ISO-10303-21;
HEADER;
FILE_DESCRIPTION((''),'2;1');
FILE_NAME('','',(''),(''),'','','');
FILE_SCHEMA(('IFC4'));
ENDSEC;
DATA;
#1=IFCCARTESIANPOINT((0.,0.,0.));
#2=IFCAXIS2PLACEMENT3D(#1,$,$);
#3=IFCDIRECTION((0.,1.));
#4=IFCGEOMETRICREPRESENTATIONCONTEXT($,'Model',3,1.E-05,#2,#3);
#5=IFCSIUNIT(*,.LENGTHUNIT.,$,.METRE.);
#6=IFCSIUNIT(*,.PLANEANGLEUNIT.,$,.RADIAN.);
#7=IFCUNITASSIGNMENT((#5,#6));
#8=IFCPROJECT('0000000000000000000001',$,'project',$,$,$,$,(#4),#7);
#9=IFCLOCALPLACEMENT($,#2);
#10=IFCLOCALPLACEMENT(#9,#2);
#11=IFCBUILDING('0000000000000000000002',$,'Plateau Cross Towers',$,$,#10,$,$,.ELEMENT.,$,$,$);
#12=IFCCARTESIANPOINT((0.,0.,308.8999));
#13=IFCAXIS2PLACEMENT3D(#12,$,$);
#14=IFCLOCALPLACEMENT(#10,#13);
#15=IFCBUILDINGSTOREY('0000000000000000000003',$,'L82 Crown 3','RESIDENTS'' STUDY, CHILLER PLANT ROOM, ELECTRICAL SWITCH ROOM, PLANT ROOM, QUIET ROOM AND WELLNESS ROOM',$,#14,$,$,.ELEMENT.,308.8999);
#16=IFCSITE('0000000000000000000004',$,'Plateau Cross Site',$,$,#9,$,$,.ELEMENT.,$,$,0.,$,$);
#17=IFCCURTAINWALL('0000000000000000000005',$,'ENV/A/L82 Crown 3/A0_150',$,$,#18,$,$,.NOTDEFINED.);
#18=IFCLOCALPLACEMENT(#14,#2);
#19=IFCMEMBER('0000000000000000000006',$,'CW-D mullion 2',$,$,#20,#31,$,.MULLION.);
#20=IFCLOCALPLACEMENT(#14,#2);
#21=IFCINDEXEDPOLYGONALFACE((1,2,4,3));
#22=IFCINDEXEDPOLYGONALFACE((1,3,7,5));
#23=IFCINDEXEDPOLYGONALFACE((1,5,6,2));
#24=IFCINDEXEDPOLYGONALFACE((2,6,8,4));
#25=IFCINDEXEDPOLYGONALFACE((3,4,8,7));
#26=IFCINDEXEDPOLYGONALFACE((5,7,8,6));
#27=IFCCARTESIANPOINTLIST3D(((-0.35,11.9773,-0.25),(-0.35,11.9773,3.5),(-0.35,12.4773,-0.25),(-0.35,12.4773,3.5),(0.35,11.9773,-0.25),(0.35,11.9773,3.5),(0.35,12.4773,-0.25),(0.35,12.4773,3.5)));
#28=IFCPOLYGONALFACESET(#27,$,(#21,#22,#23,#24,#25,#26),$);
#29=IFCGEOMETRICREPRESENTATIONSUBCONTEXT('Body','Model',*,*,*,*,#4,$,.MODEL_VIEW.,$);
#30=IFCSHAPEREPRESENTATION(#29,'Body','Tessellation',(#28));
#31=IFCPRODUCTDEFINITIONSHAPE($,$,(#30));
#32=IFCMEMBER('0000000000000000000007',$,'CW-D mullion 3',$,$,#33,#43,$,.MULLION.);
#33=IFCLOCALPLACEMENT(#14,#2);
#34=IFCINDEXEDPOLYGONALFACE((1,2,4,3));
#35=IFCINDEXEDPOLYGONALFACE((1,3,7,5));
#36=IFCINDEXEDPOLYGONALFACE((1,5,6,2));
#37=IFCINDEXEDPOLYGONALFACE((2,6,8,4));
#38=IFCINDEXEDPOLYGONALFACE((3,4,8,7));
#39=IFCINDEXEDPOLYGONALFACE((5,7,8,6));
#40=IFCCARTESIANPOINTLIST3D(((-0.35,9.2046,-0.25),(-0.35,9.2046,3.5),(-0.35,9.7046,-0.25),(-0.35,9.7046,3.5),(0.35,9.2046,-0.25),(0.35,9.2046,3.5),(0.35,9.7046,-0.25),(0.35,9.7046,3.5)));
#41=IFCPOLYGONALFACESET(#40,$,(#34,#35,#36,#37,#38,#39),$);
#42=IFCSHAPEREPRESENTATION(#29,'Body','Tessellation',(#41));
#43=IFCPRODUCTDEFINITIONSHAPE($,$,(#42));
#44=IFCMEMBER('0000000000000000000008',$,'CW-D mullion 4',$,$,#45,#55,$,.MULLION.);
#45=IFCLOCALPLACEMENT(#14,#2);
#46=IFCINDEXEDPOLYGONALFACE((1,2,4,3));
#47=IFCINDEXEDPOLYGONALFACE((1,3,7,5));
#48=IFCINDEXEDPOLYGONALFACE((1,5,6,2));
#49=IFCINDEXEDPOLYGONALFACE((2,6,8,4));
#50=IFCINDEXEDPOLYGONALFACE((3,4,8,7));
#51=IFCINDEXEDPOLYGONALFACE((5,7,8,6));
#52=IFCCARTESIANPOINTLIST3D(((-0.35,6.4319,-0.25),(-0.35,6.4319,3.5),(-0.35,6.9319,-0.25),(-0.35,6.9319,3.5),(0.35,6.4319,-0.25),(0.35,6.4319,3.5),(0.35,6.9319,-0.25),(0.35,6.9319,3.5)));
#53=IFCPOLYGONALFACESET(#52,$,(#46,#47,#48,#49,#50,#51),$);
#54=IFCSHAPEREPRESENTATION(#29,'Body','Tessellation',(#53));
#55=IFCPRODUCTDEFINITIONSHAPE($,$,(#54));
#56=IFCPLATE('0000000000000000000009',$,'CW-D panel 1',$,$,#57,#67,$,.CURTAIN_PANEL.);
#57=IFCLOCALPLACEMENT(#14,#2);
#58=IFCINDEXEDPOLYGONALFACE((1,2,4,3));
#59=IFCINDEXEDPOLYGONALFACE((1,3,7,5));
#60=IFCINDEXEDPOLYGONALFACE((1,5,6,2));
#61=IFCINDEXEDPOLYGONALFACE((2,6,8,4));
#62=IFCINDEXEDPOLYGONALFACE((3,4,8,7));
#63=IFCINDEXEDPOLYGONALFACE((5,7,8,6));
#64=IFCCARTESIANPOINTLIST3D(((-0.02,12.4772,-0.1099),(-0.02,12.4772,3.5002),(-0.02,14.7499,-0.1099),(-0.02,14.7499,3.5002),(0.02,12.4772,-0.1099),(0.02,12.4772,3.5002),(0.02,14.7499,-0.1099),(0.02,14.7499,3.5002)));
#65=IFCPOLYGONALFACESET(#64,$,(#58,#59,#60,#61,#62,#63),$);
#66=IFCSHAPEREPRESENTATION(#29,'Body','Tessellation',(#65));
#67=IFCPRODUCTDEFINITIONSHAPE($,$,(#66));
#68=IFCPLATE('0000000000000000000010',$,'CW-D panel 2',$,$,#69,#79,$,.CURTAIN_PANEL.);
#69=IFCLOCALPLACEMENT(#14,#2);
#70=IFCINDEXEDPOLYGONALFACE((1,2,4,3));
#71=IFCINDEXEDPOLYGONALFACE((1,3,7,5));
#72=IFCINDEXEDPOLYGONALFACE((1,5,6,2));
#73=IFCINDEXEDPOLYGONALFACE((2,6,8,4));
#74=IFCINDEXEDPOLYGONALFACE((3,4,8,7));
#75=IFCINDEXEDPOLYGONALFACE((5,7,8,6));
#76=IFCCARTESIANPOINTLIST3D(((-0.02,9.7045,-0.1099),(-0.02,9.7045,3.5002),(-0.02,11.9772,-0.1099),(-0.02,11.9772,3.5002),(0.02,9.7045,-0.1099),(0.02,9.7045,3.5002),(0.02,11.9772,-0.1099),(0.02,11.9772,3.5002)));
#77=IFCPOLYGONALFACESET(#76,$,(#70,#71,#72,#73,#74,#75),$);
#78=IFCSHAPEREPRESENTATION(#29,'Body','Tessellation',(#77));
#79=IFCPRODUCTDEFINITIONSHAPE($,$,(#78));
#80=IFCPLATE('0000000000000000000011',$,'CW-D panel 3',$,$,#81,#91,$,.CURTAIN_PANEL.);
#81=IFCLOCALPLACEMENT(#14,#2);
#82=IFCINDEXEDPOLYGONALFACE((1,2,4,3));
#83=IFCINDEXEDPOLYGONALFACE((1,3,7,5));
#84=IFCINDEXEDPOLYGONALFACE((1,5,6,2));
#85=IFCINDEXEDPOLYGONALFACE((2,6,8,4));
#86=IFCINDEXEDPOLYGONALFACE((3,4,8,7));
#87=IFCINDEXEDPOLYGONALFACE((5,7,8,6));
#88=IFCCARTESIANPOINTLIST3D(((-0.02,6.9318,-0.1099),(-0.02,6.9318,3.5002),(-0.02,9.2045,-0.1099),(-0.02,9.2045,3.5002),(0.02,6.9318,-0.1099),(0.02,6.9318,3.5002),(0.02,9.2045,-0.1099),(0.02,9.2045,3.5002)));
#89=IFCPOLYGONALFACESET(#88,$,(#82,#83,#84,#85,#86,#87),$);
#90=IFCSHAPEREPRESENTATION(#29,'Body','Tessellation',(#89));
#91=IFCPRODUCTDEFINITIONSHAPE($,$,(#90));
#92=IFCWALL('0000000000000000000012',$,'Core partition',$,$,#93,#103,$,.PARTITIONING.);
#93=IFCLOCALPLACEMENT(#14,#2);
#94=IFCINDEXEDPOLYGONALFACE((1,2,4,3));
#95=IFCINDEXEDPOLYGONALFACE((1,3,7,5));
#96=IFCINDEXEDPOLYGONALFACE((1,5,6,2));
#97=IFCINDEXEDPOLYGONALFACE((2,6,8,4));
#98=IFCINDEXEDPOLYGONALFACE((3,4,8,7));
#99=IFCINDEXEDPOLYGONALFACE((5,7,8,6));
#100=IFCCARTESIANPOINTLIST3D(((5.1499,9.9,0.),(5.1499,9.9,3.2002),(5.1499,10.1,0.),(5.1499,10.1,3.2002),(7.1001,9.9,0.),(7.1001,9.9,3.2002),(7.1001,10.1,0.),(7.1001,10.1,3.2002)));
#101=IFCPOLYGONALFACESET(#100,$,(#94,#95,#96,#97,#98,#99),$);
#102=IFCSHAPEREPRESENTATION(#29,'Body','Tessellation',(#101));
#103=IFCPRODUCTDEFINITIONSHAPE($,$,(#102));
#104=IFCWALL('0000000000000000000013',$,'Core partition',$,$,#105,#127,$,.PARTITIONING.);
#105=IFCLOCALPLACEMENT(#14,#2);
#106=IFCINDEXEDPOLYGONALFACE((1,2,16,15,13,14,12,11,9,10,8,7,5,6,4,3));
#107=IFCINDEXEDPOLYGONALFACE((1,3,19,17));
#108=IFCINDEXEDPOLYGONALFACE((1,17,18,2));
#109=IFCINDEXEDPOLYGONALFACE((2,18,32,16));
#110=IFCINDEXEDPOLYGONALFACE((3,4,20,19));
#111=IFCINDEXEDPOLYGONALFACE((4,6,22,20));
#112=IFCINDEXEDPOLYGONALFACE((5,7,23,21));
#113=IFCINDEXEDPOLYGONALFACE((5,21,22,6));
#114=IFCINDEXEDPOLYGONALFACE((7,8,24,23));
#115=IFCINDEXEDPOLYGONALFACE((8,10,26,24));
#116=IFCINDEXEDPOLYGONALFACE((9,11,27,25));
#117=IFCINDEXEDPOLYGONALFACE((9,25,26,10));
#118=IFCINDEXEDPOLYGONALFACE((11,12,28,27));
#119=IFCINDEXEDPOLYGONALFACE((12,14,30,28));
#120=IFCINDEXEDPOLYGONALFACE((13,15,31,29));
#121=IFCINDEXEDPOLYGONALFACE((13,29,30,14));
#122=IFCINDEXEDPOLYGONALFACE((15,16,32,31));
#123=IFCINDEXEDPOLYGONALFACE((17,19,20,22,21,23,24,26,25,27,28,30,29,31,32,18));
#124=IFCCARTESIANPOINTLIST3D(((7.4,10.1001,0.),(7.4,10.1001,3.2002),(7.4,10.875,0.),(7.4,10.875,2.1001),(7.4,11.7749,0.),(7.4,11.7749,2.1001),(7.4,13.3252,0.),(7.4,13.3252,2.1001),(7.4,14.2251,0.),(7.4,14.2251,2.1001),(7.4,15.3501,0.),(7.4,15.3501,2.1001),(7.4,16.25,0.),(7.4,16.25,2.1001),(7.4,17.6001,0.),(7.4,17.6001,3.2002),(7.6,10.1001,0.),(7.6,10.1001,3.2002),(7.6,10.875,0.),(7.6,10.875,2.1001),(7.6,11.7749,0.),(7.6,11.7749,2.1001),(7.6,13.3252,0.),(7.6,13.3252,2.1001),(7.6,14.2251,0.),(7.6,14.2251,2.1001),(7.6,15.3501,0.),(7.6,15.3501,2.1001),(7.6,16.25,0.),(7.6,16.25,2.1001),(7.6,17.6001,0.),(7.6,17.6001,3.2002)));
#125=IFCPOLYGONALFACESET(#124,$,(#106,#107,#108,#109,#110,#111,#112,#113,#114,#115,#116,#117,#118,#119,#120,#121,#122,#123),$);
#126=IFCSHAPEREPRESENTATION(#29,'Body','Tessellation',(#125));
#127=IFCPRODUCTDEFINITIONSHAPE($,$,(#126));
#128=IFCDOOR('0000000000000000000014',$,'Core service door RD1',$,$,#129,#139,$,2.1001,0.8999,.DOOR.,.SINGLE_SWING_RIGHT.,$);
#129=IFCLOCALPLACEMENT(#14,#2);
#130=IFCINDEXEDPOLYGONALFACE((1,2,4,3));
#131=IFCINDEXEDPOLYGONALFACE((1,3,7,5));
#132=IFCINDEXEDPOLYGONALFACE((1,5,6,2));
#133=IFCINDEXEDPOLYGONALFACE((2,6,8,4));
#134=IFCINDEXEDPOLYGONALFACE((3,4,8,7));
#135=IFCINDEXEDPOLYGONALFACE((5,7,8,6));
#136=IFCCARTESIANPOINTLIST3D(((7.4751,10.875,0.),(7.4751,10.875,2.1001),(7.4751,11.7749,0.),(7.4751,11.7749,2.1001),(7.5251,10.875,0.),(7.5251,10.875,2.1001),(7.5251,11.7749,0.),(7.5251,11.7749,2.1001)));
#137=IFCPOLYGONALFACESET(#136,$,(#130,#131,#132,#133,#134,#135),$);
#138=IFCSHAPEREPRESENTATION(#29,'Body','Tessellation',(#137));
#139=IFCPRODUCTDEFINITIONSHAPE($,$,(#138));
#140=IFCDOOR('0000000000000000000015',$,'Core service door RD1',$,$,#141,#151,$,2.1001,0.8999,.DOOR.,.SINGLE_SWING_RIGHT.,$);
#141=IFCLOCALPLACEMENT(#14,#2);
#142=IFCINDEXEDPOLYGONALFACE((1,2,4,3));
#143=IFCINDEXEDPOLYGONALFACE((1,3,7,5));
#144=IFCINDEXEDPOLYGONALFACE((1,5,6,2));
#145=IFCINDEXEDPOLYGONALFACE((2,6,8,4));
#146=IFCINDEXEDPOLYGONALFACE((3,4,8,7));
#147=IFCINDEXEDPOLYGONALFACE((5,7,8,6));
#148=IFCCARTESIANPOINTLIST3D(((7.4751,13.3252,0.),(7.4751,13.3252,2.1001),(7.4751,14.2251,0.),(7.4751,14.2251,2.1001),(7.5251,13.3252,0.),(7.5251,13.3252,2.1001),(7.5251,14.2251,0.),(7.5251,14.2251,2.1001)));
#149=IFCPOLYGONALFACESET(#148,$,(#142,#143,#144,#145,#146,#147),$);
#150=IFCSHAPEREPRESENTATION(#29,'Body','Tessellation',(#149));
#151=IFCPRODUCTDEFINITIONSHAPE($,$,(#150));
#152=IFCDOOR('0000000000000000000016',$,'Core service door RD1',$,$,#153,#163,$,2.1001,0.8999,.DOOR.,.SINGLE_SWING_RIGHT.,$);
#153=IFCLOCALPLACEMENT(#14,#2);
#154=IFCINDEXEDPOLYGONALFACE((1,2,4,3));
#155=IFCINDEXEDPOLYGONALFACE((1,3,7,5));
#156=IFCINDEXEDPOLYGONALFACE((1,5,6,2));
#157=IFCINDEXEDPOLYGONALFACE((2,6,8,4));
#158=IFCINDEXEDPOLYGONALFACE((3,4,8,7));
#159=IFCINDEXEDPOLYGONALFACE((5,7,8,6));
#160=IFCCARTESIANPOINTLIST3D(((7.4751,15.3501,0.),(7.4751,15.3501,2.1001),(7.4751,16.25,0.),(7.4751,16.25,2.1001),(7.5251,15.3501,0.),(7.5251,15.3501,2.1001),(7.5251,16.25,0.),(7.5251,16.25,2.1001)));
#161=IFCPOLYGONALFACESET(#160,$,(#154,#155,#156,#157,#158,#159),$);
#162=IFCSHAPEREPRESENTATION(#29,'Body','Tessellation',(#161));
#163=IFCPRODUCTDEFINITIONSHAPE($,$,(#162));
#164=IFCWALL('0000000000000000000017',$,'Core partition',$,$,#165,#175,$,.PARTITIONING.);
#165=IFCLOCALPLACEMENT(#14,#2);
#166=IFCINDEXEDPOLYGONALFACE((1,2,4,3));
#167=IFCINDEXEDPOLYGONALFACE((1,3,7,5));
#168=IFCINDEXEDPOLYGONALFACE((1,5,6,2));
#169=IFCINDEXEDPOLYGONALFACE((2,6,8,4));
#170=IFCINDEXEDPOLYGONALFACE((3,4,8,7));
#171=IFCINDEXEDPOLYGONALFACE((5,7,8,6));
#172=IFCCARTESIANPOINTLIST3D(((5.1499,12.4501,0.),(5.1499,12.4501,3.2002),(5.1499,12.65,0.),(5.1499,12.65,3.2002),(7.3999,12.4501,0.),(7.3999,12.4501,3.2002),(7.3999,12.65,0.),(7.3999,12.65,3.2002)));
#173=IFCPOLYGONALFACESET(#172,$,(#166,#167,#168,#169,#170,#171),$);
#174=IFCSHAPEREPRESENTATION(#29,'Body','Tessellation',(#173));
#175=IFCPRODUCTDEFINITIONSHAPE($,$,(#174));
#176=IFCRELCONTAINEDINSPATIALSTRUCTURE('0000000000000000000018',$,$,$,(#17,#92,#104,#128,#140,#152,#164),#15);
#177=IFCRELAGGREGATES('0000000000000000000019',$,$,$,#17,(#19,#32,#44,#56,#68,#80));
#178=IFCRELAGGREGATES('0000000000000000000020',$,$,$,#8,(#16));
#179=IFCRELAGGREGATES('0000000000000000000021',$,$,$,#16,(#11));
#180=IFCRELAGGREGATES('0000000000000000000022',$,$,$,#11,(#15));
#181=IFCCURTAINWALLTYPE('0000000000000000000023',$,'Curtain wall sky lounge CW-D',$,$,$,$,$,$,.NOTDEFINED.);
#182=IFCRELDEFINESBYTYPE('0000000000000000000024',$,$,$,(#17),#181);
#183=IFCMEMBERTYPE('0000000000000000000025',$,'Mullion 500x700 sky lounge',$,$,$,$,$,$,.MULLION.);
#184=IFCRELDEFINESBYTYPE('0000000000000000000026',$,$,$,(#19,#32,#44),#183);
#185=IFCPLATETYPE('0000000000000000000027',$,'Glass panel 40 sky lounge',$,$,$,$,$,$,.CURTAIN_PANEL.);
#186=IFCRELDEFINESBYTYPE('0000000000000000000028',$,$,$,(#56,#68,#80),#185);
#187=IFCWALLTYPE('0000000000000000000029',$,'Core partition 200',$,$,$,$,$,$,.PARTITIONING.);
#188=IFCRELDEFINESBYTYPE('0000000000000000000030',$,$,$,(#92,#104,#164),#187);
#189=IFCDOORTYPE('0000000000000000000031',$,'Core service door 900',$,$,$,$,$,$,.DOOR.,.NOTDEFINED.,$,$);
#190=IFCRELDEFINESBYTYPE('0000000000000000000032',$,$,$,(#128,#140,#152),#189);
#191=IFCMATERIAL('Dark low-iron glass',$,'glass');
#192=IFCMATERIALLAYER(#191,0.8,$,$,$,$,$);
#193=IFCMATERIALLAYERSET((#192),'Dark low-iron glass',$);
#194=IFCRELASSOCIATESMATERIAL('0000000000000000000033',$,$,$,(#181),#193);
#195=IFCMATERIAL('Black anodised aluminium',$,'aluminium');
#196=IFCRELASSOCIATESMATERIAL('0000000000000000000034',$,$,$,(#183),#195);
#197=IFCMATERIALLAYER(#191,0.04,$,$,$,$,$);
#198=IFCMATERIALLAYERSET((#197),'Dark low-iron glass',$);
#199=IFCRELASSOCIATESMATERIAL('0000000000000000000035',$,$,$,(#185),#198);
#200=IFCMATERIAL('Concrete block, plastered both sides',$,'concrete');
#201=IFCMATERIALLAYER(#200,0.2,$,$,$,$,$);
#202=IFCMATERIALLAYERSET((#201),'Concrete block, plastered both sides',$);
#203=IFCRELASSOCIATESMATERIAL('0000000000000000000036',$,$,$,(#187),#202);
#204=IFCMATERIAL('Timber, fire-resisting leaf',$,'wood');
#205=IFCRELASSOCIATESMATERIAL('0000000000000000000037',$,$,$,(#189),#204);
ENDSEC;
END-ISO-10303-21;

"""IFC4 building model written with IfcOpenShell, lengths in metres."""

from ifc_helpers import new_model, si_unit, direction, frame, frame_2d, origin, origin_2d, place, context, subcontext, project, spatial, rectangle, extrude, material, layer, layer_set, material_profile, profile_set, type_object, element, fill, aggregate, save


model = new_model("IFC4")

# Units and contexts
model_context = context("Model", 3, precision=1e-05, world=origin(), true_north=direction((0.0, 1.0)))
body_context = subcontext(model_context, "Body", "Model", "MODEL_VIEW")
ifc_project = project(units=[si_unit("LENGTHUNIT", "METRE"), si_unit("PLANEANGLEUNIT", "RADIAN")], contexts=[model_context])

# Site, building, storey
site_placement = place(None, origin())
site = spatial("IfcSite", under=ifc_project, at=site_placement, Name="Plateau Cross Site", CompositionType="ELEMENT", RefElevation=0.0)
building_placement = place(site_placement, origin())
building = spatial("IfcBuilding", under=site, at=building_placement, Name="Plateau Cross Towers", CompositionType="ELEMENT")
storey_placement = place(building_placement, frame((0.0, 0.0, 308.8999)))
storey = spatial("IfcBuildingStorey", under=building, at=storey_placement, Name="L82 Crown 3", Description="RESIDENTS' STUDY, CHILLER PLANT ROOM, ELECTRICAL SWITCH ROOM, PLANT ROOM, QUIET ROOM AND WELLNESS ROOM", CompositionType="ELEMENT", Elevation=308.8999)

# Curtain wall, members, plates
ifc_material_1 = material(Name="Dark low-iron glass", Category="glass")
ifc_layer_1 = layer(ifc_material_1, 0.8)
ifc_layer_set_1 = layer_set([ifc_layer_1], Name="Dark low-iron glass")
curtain_wall_type = type_object("IfcCurtainWallType", Name="Curtain wall sky lounge CW-D", PredefinedType="NOTDEFINED", material=ifc_layer_set_1)
curtain_wall_placement = place(storey_placement, origin())
curtain_wall = element("IfcCurtainWall", 1, at=curtain_wall_placement, inside=storey, type_object=curtain_wall_type, Name="ENV/A/L82 Crown 3/A0_150", PredefinedType="NOTDEFINED")
ifc_material_2 = material(Name="Black anodised aluminium", Category="aluminium")
ifc_material_profile = material_profile(ifc_material_2, rectangle(XDim=0.5, YDim=0.7, at=origin_2d()), Name="MULLION 500x700")
ifc_profile_set = profile_set([ifc_material_profile], Name="Black anodised aluminium")
member_type = type_object("IfcMemberType", Name="Mullion 500x700 sky lounge", PredefinedType="MULLION", material=ifc_profile_set)
member_1_placement = place(storey_placement, frame((0.0, 12.2273, -0.25), z_axis=(0.0, 0.0, 1.0), x_axis=(0.0, -1.0, 0.0)))
member_1 = element("IfcMember", 2, at=member_1_placement, type_object=member_type, Name="CW-D mullion 2", PredefinedType="MULLION", context=body_context, shape_type="SweptSolid", body=[
    extrude(rectangle(XDim=0.5, YDim=0.7, at=origin_2d()), origin(), (0.0, 0.0, 1.0), 3.75),
])
member_2_placement = place(storey_placement, frame((0.0, 9.4546, -0.25), z_axis=(0.0, 0.0, 1.0), x_axis=(0.0, -1.0, 0.0)))
member_2 = element("IfcMember", 3, at=member_2_placement, type_object=member_type, Name="CW-D mullion 3", PredefinedType="MULLION", context=body_context, shape_type="SweptSolid", body=[
    extrude(rectangle(XDim=0.5, YDim=0.7, at=origin_2d()), origin(), (0.0, 0.0, 1.0), 3.75),
])
member_3_placement = place(storey_placement, frame((0.0, 6.6819, -0.25), z_axis=(0.0, 0.0, 1.0), x_axis=(0.0, -1.0, 0.0)))
member_3 = element("IfcMember", 4, at=member_3_placement, type_object=member_type, Name="CW-D mullion 4", PredefinedType="MULLION", context=body_context, shape_type="SweptSolid", body=[
    extrude(rectangle(XDim=0.5, YDim=0.7, at=origin_2d()), origin(), (0.0, 0.0, 1.0), 3.75),
])
ifc_layer_2 = layer(ifc_material_1, 0.04)
ifc_layer_set_2 = layer_set([ifc_layer_2], Name="Dark low-iron glass")
plate_type = type_object("IfcPlateType", Name="Glass panel 40 sky lounge", PredefinedType="CURTAIN_PANEL", material=ifc_layer_set_2)
plate_1_placement = place(storey_placement, frame((0.0, 13.6135, -0.1099), z_axis=(0.0, 0.0, 1.0), x_axis=(0.0, -1.0, 0.0)))
plate_1 = element("IfcPlate", 5, at=plate_1_placement, type_object=plate_type, Name="CW-D panel 1", PredefinedType="CURTAIN_PANEL", context=body_context, shape_type="SweptSolid", body=[
    extrude(rectangle(XDim=2.2727, YDim=0.04, at=origin_2d()), origin(), (0.0, 0.0, 1.0), 3.6101),
])
plate_2_placement = place(storey_placement, frame((0.0, 10.8408, -0.1099), z_axis=(0.0, 0.0, 1.0), x_axis=(0.0, -1.0, 0.0)))
plate_2 = element("IfcPlate", 6, at=plate_2_placement, type_object=plate_type, Name="CW-D panel 2", PredefinedType="CURTAIN_PANEL", context=body_context, shape_type="SweptSolid", body=[
    extrude(rectangle(XDim=2.2727, YDim=0.04, at=origin_2d()), origin(), (0.0, 0.0, 1.0), 3.6101),
])
plate_3_placement = place(storey_placement, frame((0.0, 8.0681, -0.1099), z_axis=(0.0, 0.0, 1.0), x_axis=(0.0, -1.0, 0.0)))
plate_3 = element("IfcPlate", 7, at=plate_3_placement, type_object=plate_type, Name="CW-D panel 3", PredefinedType="CURTAIN_PANEL", context=body_context, shape_type="SweptSolid", body=[
    extrude(rectangle(XDim=2.2727, YDim=0.04, at=origin_2d()), origin(), (0.0, 0.0, 1.0), 3.6101),
])
aggregate(curtain_wall, [member_1, member_2, member_3, plate_1, plate_2, plate_3])

# Wall
ifc_material_3 = material(Name="Concrete block, plastered both sides", Category="concrete")
ifc_layer_3 = layer(ifc_material_3, 0.2)
ifc_layer_set_3 = layer_set([ifc_layer_3], Name="Concrete block, plastered both sides")
wall_type_1 = type_object("IfcWallType", Name="Core partition 200", PredefinedType="PARTITIONING", material=ifc_layer_set_3)
wall_1_placement = place(storey_placement, frame((5.1499, 10.0, 0.0), z_axis=(0.0, 0.0, 1.0), x_axis=(1.0, 0.0, 0.0)))
element("IfcWall", 8, at=wall_1_placement, inside=storey, type_object=wall_type_1, Name="Core partition", PredefinedType="PARTITIONING", context=body_context, shape_type="SweptSolid", body=[
    extrude(rectangle(XDim=1.9502, YDim=0.2, at=frame_2d((0.9751, 0.0))), origin(), (0.0, 0.0, 1.0), 3.2002),
])

# Wall, openings, doors
wall_2_placement = place(storey_placement, frame((7.5, 10.1001, 0.0), z_axis=(0.0, 0.0, 1.0), x_axis=(0.0, 1.0, 0.0)))
wall_2 = element("IfcWall", 9, at=wall_2_placement, inside=storey, type_object=wall_type_1, Name="Core partition", PredefinedType="PARTITIONING", context=body_context, shape_type="SweptSolid", body=[
    extrude(rectangle(XDim=7.5, YDim=0.2, at=frame_2d((3.75, 0.0))), origin(), (0.0, 0.0, 1.0), 3.2002),
])
opening_1_placement = place(wall_2_placement, frame((0.7749, 0.0, 0.0)))
opening_1 = element("IfcOpeningElement", 10, at=opening_1_placement, cuts=wall_2, PredefinedType="OPENING", context=body_context, shape_type="SweptSolid", body=[
    extrude(rectangle(XDim=0.8999, YDim=2.1001, at=frame_2d((0.45, 1.05))), frame((0.0, 0.1099, 0.0), z_axis=(0.0, -1.0, 0.0), x_axis=(1.0, 0.0, 0.0)), (0.0, 0.0, 1.0), 0.22),
])
opening_2_placement = place(wall_2_placement, frame((3.2251, 0.0, 0.0)))
opening_2 = element("IfcOpeningElement", 11, at=opening_2_placement, cuts=wall_2, PredefinedType="OPENING", context=body_context, shape_type="SweptSolid", body=[
    extrude(rectangle(XDim=0.8999, YDim=2.1001, at=frame_2d((0.45, 1.05))), frame((0.0, 0.1099, 0.0), z_axis=(0.0, -1.0, 0.0), x_axis=(1.0, 0.0, 0.0)), (0.0, 0.0, 1.0), 0.22),
])
opening_3_placement = place(wall_2_placement, frame((5.25, 0.0, 0.0)))
opening_3 = element("IfcOpeningElement", 12, at=opening_3_placement, cuts=wall_2, PredefinedType="OPENING", context=body_context, shape_type="SweptSolid", body=[
    extrude(rectangle(XDim=0.8999, YDim=2.1001, at=frame_2d((0.45, 1.05))), frame((0.0, 0.1099, 0.0), z_axis=(0.0, -1.0, 0.0), x_axis=(1.0, 0.0, 0.0)), (0.0, 0.0, 1.0), 0.22),
])
ifc_material_4 = material(Name="Timber, fire-resisting leaf", Category="wood")
door_type_1 = type_object("IfcDoorType", Name="Core service door 900", OperationType="NOTDEFINED", PredefinedType="DOOR", material=ifc_material_4)
door_1_placement = place(opening_1_placement, origin())
door_1 = element("IfcDoor", 13, at=door_1_placement, inside=storey, type_object=door_type_1, Name="Core service door RD1", OperationType="SINGLE_SWING_RIGHT", OverallHeight=2.1001, OverallWidth=0.8999, PredefinedType="DOOR", context=body_context, shape_type="SweptSolid", body=[
    extrude(rectangle(XDim=0.8999, YDim=2.1001, at=frame_2d((0.45, 1.05))), frame((0.0, 0.0249, 0.0), z_axis=(0.0, -1.0, 0.0), x_axis=(1.0, 0.0, 0.0)), (0.0, 0.0, 1.0), 0.05),
])
fill(opening_1, door_1)
door_2_placement = place(opening_2_placement, origin())
door_2 = element("IfcDoor", 14, at=door_2_placement, inside=storey, type_object=door_type_1, Name="Core service door RD1", OperationType="SINGLE_SWING_RIGHT", OverallHeight=2.1001, OverallWidth=0.8999, PredefinedType="DOOR", context=body_context, shape_type="SweptSolid", body=[
    extrude(rectangle(XDim=0.8999, YDim=2.1001, at=frame_2d((0.45, 1.05))), frame((0.0, 0.0249, 0.0), z_axis=(0.0, -1.0, 0.0), x_axis=(1.0, 0.0, 0.0)), (0.0, 0.0, 1.0), 0.05),
])
fill(opening_2, door_2)
door_3_placement = place(opening_3_placement, origin())
door_3 = element("IfcDoor", 15, at=door_3_placement, inside=storey, type_object=door_type_1, Name="Core service door RD1", OperationType="SINGLE_SWING_RIGHT", OverallHeight=2.1001, OverallWidth=0.8999, PredefinedType="DOOR", context=body_context, shape_type="SweptSolid", body=[
    extrude(rectangle(XDim=0.8999, YDim=2.1001, at=frame_2d((0.45, 1.05))), frame((0.0, 0.0249, 0.0), z_axis=(0.0, -1.0, 0.0), x_axis=(1.0, 0.0, 0.0)), (0.0, 0.0, 1.0), 0.05),
])
fill(opening_3, door_3)

# Wall
wall_3_placement = place(storey_placement, frame((5.1499, 12.55, 0.0), z_axis=(0.0, 0.0, 1.0), x_axis=(1.0, 0.0, 0.0)))
element("IfcWall", 16, at=wall_3_placement, inside=storey, type_object=wall_type_1, Name="Core partition", PredefinedType="PARTITIONING", context=body_context, shape_type="SweptSolid", body=[
    extrude(rectangle(XDim=2.25, YDim=0.2, at=frame_2d((1.125, 0.0))), origin(), (0.0, 0.0, 1.0), 3.2002),
])

save(model, "model.ifc")
